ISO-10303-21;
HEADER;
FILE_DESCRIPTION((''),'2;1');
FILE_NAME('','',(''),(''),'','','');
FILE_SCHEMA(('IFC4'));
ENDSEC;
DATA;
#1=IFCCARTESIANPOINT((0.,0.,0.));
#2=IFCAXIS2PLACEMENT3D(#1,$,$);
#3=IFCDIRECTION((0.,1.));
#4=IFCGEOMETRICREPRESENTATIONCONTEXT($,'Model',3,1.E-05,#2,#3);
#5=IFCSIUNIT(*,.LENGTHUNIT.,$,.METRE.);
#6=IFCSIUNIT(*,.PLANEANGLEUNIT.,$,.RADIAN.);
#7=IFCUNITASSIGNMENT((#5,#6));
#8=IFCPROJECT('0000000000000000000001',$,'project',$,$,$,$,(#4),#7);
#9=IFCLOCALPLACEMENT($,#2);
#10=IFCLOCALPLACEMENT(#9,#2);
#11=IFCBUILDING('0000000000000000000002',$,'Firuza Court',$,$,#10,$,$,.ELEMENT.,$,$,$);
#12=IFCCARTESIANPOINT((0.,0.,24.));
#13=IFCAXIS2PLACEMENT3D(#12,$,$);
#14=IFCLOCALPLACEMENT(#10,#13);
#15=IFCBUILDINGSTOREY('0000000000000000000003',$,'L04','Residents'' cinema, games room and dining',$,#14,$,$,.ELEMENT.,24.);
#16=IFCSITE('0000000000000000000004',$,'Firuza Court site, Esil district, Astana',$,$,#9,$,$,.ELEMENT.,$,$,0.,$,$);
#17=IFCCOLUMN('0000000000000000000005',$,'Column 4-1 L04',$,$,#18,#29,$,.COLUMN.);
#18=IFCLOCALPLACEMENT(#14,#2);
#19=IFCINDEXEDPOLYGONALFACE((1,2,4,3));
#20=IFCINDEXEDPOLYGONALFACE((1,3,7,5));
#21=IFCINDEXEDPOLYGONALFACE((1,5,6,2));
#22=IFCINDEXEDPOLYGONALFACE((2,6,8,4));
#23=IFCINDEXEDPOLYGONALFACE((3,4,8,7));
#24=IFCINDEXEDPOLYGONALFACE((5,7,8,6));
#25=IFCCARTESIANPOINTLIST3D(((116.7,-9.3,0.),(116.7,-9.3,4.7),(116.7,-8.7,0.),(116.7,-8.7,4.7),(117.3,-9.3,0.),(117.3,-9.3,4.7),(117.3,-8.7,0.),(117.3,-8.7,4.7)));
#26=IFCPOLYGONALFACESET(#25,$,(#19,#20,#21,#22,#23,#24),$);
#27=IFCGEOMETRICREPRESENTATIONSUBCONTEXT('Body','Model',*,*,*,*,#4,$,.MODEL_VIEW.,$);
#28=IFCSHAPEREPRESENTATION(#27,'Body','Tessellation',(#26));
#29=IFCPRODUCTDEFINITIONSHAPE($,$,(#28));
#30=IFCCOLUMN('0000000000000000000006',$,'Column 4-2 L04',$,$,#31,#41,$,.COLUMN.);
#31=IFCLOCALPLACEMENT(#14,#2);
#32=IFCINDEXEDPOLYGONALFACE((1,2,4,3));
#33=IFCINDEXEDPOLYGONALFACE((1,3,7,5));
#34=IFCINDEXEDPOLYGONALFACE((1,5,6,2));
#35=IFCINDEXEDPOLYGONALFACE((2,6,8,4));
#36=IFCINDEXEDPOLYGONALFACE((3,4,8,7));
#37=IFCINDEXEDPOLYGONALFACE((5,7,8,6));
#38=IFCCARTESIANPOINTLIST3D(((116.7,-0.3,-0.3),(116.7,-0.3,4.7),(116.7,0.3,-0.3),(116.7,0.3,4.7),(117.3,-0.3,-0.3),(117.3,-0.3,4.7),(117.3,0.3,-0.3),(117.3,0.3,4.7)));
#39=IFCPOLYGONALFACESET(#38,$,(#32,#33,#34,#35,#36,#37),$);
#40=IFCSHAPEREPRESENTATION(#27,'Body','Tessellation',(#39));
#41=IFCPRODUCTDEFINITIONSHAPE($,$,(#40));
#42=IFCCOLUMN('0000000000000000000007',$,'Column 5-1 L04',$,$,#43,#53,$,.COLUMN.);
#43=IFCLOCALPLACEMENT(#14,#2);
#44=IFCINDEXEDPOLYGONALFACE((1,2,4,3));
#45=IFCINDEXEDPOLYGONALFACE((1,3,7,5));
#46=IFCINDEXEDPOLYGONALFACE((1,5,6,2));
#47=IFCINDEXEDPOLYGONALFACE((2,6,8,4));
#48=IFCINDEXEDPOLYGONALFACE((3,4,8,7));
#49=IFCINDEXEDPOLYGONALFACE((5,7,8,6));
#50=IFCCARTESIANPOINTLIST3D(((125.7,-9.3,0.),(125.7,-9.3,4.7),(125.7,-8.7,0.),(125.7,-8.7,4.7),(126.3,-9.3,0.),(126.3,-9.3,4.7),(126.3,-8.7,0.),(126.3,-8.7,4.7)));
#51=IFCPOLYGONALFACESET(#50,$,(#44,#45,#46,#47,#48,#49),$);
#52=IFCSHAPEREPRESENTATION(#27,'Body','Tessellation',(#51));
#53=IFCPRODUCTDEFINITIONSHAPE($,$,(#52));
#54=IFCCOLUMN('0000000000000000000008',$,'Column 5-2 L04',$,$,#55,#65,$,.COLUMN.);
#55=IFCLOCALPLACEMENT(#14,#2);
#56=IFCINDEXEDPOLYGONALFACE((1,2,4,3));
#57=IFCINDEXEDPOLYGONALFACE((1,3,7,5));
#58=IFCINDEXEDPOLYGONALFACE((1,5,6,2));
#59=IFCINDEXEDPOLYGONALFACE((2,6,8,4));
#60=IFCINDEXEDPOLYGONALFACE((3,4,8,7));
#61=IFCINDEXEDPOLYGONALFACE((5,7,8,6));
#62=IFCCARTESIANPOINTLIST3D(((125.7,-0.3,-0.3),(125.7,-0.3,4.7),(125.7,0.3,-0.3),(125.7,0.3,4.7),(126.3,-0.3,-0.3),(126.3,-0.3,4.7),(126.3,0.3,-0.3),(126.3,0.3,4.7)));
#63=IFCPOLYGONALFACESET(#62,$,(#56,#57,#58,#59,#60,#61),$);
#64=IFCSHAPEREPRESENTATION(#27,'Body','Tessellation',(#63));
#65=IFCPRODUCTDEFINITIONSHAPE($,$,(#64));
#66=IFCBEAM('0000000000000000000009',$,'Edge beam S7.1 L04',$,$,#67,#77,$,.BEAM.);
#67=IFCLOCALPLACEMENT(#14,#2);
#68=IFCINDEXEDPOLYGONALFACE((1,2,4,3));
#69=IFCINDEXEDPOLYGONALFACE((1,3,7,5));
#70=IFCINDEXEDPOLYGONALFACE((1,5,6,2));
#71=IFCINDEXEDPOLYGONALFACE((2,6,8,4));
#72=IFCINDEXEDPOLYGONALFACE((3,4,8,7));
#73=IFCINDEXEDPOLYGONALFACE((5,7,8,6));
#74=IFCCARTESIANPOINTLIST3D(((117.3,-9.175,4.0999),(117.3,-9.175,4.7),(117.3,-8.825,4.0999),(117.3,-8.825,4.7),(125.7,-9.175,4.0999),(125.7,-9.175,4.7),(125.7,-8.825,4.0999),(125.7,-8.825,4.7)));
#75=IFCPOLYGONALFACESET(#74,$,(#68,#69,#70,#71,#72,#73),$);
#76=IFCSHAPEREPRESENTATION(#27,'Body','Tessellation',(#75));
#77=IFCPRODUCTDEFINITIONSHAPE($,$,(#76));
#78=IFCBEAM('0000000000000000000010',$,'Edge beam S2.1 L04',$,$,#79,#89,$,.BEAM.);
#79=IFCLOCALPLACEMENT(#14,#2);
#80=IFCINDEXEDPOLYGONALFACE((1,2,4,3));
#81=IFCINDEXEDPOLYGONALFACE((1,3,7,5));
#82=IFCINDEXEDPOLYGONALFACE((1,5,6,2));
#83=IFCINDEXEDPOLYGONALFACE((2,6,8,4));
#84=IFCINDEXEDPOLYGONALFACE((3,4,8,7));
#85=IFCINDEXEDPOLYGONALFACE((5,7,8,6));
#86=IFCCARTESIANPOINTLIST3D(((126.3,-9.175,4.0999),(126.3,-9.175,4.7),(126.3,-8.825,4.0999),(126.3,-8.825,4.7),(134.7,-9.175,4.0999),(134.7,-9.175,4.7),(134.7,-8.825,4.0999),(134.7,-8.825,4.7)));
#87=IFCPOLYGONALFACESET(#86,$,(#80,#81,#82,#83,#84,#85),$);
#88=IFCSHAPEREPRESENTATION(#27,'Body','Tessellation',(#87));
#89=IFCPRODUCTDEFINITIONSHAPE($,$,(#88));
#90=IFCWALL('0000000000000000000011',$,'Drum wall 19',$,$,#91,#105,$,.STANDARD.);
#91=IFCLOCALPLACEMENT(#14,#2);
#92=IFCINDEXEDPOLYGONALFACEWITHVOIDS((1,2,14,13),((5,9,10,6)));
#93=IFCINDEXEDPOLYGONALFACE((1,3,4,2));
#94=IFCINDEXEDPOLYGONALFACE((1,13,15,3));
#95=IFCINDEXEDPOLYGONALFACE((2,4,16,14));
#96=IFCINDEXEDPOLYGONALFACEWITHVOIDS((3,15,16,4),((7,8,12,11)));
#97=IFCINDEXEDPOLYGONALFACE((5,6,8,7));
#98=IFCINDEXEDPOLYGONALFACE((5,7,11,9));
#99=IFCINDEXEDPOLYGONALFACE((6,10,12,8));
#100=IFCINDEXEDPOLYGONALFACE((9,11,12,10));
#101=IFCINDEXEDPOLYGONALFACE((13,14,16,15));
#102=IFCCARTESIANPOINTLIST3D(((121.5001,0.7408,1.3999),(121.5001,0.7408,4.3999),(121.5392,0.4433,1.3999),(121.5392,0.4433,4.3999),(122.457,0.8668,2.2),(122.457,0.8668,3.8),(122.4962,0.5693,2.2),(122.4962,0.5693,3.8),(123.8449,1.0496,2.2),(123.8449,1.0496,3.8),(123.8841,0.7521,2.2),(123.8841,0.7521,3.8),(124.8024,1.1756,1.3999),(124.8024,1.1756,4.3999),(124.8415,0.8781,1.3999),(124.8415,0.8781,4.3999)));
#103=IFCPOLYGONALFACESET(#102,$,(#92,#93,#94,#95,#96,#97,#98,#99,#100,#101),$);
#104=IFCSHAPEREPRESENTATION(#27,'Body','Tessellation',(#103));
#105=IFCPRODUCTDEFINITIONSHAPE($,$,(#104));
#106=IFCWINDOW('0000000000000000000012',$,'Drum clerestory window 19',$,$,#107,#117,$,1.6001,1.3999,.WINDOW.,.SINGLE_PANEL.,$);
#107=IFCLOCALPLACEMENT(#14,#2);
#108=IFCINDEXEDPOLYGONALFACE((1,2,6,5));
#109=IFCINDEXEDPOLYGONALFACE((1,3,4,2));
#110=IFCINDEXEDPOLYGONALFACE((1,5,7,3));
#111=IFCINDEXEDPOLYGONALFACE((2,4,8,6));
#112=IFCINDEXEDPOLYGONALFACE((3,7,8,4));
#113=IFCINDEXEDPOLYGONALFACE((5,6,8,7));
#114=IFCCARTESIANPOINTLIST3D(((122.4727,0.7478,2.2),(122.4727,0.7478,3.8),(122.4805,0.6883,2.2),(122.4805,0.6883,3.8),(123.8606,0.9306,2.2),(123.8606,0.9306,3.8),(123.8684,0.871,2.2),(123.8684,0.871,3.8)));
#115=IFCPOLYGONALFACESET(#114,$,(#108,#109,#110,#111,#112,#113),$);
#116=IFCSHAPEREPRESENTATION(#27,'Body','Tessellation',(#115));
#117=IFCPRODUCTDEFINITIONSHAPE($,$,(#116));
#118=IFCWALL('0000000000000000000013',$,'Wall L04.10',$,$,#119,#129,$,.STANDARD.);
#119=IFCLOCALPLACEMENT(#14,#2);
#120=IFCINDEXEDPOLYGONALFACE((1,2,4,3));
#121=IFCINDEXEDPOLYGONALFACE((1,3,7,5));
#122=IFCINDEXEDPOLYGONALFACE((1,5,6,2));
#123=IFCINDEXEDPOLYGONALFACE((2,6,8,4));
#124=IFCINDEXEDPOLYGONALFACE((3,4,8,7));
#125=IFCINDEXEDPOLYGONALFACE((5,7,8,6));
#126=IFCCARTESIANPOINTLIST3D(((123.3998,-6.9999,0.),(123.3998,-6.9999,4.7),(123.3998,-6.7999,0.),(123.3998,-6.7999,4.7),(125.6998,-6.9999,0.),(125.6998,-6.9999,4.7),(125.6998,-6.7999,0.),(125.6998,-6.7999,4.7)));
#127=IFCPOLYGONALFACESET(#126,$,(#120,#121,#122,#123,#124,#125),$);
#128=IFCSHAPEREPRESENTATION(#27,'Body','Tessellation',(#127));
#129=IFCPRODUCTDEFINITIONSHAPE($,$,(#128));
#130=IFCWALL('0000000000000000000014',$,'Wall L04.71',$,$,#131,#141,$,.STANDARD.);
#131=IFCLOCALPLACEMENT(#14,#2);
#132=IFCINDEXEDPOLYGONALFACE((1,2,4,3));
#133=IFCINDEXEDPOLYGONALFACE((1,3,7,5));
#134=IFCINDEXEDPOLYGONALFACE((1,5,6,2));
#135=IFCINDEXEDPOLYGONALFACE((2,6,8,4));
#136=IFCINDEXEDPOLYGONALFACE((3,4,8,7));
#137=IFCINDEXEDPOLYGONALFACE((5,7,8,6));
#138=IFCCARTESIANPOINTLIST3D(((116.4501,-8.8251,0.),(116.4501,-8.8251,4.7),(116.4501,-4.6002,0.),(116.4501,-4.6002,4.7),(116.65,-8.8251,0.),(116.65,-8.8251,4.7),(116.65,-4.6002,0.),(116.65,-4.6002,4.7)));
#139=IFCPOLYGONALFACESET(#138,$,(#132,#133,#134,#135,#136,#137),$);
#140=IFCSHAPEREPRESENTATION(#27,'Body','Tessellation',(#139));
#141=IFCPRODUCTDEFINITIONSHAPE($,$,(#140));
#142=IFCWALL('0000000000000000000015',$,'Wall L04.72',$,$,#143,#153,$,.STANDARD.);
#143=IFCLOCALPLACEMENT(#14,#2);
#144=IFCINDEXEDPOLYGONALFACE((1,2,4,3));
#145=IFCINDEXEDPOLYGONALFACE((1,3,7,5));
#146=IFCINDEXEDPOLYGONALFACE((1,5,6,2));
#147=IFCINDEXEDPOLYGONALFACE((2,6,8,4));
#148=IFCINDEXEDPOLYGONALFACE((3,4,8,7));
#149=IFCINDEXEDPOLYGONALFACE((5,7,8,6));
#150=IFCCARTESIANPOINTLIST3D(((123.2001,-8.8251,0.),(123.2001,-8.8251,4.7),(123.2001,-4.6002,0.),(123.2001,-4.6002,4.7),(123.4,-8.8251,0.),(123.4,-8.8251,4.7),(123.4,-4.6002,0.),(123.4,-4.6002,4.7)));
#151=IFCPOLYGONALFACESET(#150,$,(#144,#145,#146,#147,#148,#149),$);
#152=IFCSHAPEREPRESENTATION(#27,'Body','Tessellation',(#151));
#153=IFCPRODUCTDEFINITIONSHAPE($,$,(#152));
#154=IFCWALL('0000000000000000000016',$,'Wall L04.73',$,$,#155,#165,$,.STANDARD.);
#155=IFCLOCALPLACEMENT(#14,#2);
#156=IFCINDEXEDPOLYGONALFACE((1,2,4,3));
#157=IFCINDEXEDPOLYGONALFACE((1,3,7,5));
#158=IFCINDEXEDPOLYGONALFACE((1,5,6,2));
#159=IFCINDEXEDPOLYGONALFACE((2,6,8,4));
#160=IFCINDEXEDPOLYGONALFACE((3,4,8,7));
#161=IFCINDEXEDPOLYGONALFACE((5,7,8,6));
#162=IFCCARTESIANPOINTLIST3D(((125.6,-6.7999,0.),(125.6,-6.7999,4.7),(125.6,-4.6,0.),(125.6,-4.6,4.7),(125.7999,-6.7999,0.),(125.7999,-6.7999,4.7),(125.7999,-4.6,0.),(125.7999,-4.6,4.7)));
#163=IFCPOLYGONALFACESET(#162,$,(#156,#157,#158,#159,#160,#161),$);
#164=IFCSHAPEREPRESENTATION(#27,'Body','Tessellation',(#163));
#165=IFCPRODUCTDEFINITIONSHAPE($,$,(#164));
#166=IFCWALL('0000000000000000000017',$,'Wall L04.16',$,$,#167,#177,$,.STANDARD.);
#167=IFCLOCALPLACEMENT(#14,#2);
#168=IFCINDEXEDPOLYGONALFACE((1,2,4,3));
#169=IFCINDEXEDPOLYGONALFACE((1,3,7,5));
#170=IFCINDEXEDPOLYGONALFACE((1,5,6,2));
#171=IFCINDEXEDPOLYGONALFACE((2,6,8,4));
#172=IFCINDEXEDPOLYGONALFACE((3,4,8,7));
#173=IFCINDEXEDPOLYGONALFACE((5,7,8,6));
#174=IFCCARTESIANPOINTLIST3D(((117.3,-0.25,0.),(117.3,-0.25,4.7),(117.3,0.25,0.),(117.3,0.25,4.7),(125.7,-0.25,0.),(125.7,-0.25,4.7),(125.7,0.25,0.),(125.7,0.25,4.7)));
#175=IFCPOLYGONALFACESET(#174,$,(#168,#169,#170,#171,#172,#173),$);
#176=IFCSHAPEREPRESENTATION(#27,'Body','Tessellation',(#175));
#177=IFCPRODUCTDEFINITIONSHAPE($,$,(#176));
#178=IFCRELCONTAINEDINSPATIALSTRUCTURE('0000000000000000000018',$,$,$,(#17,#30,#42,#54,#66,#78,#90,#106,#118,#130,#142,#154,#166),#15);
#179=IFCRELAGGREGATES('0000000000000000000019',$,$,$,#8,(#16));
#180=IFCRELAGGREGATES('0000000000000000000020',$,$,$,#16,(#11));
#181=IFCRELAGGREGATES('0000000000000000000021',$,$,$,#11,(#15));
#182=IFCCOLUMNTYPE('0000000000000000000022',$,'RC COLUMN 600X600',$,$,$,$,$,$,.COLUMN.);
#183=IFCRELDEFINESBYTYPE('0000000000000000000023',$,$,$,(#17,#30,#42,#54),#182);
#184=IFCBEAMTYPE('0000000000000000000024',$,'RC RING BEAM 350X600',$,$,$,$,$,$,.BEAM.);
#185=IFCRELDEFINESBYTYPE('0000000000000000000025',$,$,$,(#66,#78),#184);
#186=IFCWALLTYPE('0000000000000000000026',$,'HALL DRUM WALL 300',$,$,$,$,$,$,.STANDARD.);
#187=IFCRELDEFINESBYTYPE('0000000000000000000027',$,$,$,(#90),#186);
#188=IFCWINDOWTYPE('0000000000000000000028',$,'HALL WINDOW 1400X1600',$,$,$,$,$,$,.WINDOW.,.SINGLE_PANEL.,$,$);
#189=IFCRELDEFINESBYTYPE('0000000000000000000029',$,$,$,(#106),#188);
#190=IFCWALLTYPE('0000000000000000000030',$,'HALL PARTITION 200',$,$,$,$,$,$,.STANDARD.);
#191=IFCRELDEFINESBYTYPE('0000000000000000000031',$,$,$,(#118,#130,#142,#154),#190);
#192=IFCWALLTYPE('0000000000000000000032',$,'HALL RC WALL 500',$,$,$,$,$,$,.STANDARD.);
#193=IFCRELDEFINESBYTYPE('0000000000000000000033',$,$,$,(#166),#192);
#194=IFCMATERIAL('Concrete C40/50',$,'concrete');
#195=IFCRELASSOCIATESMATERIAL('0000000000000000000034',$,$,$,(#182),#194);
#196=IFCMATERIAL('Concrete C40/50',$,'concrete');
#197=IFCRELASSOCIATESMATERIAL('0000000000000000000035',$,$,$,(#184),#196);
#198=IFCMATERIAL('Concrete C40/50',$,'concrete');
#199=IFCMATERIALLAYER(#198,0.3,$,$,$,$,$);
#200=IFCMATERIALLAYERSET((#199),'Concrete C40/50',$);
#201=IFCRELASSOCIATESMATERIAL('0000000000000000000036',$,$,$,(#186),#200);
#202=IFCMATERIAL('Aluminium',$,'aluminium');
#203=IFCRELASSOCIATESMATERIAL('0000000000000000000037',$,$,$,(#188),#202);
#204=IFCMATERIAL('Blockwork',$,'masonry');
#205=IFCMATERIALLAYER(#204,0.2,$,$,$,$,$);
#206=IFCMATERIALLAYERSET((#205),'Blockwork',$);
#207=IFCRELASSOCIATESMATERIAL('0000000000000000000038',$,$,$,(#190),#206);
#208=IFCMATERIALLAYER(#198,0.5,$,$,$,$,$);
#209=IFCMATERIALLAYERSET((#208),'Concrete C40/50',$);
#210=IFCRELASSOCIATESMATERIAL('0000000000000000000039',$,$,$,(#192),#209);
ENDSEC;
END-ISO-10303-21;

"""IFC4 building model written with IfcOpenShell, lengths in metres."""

from ifc_helpers import new_model, si_unit, direction, frame, frame_2d, origin, origin_2d, place, context, subcontext, project, spatial, rectangle, extrude, material, layer, layer_set, material_profile, profile_set, type_object, element, fill, save


model = new_model("IFC4")

# Units and contexts
model_context = context("Model", 3, precision=1e-05, world=origin(), true_north=direction((0.0, 1.0)))
body_context = subcontext(model_context, "Body", "Model", "MODEL_VIEW")
ifc_project = project(units=[si_unit("LENGTHUNIT", "METRE"), si_unit("PLANEANGLEUNIT", "RADIAN")], contexts=[model_context])

# Site, building, storey
site_placement = place(None, origin())
site = spatial("IfcSite", under=ifc_project, at=site_placement, Name="Firuza Court site, Esil district, Astana", CompositionType="ELEMENT", RefElevation=0.0)
building_placement = place(site_placement, origin())
building = spatial("IfcBuilding", under=site, at=building_placement, Name="Firuza Court", CompositionType="ELEMENT")
storey_placement = place(building_placement, frame((0.0, 0.0, 24.0)))
storey = spatial("IfcBuildingStorey", under=building, at=storey_placement, Name="L04", Description="Residents' cinema, games room and dining", CompositionType="ELEMENT", Elevation=24.0)

# Columns
ifc_material_1 = material(Name="Concrete C40/50", Category="concrete")
ifc_material_profile_1 = material_profile(ifc_material_1, rectangle(XDim=0.6001, YDim=0.6001, at=origin_2d()), Name="RC 600X600")
ifc_profile_set_1 = profile_set([ifc_material_profile_1], Name="Concrete C40/50")
column_type = type_object("IfcColumnType", Name="RC COLUMN 600X600", PredefinedType="COLUMN", material=ifc_profile_set_1)
column_1_placement = place(storey_placement, frame((117.0, -9.0, 0.0), z_axis=(0.0, 0.0, 1.0), x_axis=(1.0, 0.0, 0.0)))
element("IfcColumn", 1, at=column_1_placement, inside=storey, type_object=column_type, Name="Column 4-1 L04", PredefinedType="COLUMN", context=body_context, shape_type="SweptSolid", body=[
    extrude(rectangle(XDim=0.6001, YDim=0.6001, at=origin_2d()), origin(), (0.0, 0.0, 1.0), 4.7),
])
column_2_placement = place(storey_placement, frame((117.0, 0.0, -0.3), z_axis=(0.0, 0.0, 1.0), x_axis=(1.0, 0.0, 0.0)))
element("IfcColumn", 2, at=column_2_placement, inside=storey, type_object=column_type, Name="Column 4-2 L04", PredefinedType="COLUMN", context=body_context, shape_type="SweptSolid", body=[
    extrude(rectangle(XDim=0.6001, YDim=0.6001, at=origin_2d()), origin(), (0.0, 0.0, 1.0), 5.0),
])
column_3_placement = place(storey_placement, frame((126.0, -9.0, 0.0), z_axis=(0.0, 0.0, 1.0), x_axis=(1.0, 0.0, 0.0)))
element("IfcColumn", 3, at=column_3_placement, inside=storey, type_object=column_type, Name="Column 5-1 L04", PredefinedType="COLUMN", context=body_context, shape_type="SweptSolid", body=[
    extrude(rectangle(XDim=0.6001, YDim=0.6001, at=origin_2d()), origin(), (0.0, 0.0, 1.0), 4.7),
])
column_4_placement = place(storey_placement, frame((126.0, 0.0, -0.3), z_axis=(0.0, 0.0, 1.0), x_axis=(1.0, 0.0, 0.0)))
element("IfcColumn", 4, at=column_4_placement, inside=storey, type_object=column_type, Name="Column 5-2 L04", PredefinedType="COLUMN", context=body_context, shape_type="SweptSolid", body=[
    extrude(rectangle(XDim=0.6001, YDim=0.6001, at=origin_2d()), origin(), (0.0, 0.0, 1.0), 5.0),
])

# Beams
ifc_material_2 = material(Name="Concrete C40/50", Category="concrete")
ifc_material_profile_2 = material_profile(ifc_material_2, rectangle(XDim=0.3501, YDim=0.6001, at=origin_2d()), Name="RC 350X600")
ifc_profile_set_2 = profile_set([ifc_material_profile_2], Name="Concrete C40/50")
beam_type = type_object("IfcBeamType", Name="RC RING BEAM 350X600", PredefinedType="BEAM", material=ifc_profile_set_2)
for number, where, z_axis, x_axis, name in (
    (5, (117.3, -9.0, 4.3999), (1.0, 0.0, 0.0), (0.0, 1.0, 0.0), "Edge beam S7.1 L04"),
    (6, (126.3, -9.0, 4.3999), (1.0, 0.0, 0.0), (0.0, 1.0, 0.0), "Edge beam S2.1 L04"),
):
    element("IfcBeam", number, at=place(storey_placement, frame(where, z_axis=z_axis, x_axis=x_axis)), inside=storey, type_object=beam_type, Name=name, PredefinedType="BEAM", context=body_context, shape_type="SweptSolid", body=[
        extrude(rectangle(XDim=0.3501, YDim=0.6001, at=origin_2d()), origin(), (0.0, 0.0, 1.0), 8.3999),
    ])

# Wall, opening, window
ifc_material_3 = material(Name="Concrete C40/50", Category="concrete")
ifc_layer_1 = layer(ifc_material_3, 0.3)
ifc_layer_set_1 = layer_set([ifc_layer_1], Name="Concrete C40/50")
wall_type_1 = type_object("IfcWallType", Name="HALL DRUM WALL 300", PredefinedType="STANDARD", material=ifc_layer_set_1)
wall_1_placement = place(storey_placement, frame((121.5195, 0.592, 1.3999), z_axis=(0.0, 0.0, 1.0), x_axis=(0.991442, 0.130546, 0.0)))
wall_1 = element("IfcWall", 7, at=wall_1_placement, inside=storey, type_object=wall_type_1, Name="Drum wall 19", PredefinedType="STANDARD", context=body_context, shape_type="SweptSolid", body=[
    extrude(rectangle(XDim=3.3308, YDim=0.3, at=frame_2d((1.6655, 0.0))), origin(), (0.0, 0.0, 1.0), 3.0),
])
opening_1_placement = place(wall_1_placement, frame((0.9653, 0.0, 0.8)))
opening_1 = element("IfcOpeningElement", 8, at=opening_1_placement, cuts=wall_1, PredefinedType="OPENING", context=body_context, shape_type="SweptSolid", body=[
    extrude(rectangle(XDim=1.3999, YDim=1.6001, at=frame_2d((0.7, 0.8))), frame((0.0, 0.1621, 0.0), z_axis=(0.0, -1.0, 0.0), x_axis=(1.0, 0.0, 0.0)), (0.0, 0.0, 1.0), 0.324),
])
ifc_material_4 = material(Name="Aluminium", Category="aluminium")
window_type_1 = type_object("IfcWindowType", Name="HALL WINDOW 1400X1600", PartitioningType="SINGLE_PANEL", PredefinedType="WINDOW", material=ifc_material_4)
window_1_placement = place(opening_1_placement, origin())
window_1 = element("IfcWindow", 9, at=window_1_placement, inside=storey, type_object=window_type_1, Name="Drum clerestory window 19", OverallHeight=1.6001, OverallWidth=1.3999, PartitioningType="SINGLE_PANEL", PredefinedType="WINDOW", context=body_context, shape_type="SweptSolid", body=[
    extrude(rectangle(XDim=1.3999, YDim=1.6001, at=frame_2d((0.7, 0.8))), frame((0.0, 0.03, 0.0), z_axis=(0.0, -1.0, 0.0), x_axis=(1.0, 0.0, 0.0)), (0.0, 0.0, 1.0), 0.0601),
])
fill(opening_1, window_1)

# Walls
ifc_material_5 = material(Name="Blockwork", Category="masonry")
ifc_layer_2 = layer(ifc_material_5, 0.2)
ifc_layer_set_2 = layer_set([ifc_layer_2], Name="Blockwork")
wall_type_2 = type_object("IfcWallType", Name="HALL PARTITION 200", PredefinedType="STANDARD", material=ifc_layer_set_2)
wall_2_placement = place(storey_placement, frame((123.3999, -6.8999, 0.0), z_axis=(0.0, 0.0, 1.0), x_axis=(1.0, 0.0, 0.0)))
element("IfcWall", 10, at=wall_2_placement, inside=storey, type_object=wall_type_2, Name="Wall L04.10", PredefinedType="STANDARD", context=body_context, shape_type="SweptSolid", body=[
    extrude(rectangle(XDim=2.3, YDim=0.2, at=frame_2d((1.1499, 0.0))), origin(), (0.0, 0.0, 1.0), 4.7),
])
for number, where, z_axis, x_axis, name in (
    (11, (116.55, -8.825, 0.0), (0.0, 0.0, 1.0), (0.0, 1.0, 0.0), "Wall L04.71"),
    (12, (123.3, -8.825, 0.0), (0.0, 0.0, 1.0), (0.0, 1.0, 0.0), "Wall L04.72"),
):
    element("IfcWall", number, at=place(storey_placement, frame(where, z_axis=z_axis, x_axis=x_axis)), inside=storey, type_object=wall_type_2, Name=name, PredefinedType="STANDARD", context=body_context, shape_type="SweptSolid", body=[
        extrude(rectangle(XDim=4.2249, YDim=0.2, at=frame_2d((2.1123, 0.0))), origin(), (0.0, 0.0, 1.0), 4.7),
    ])
wall_3_placement = place(storey_placement, frame((125.7, -6.8, 0.0), z_axis=(0.0, 0.0, 1.0), x_axis=(0.0, 1.0, 0.0)))
element("IfcWall", 13, at=wall_3_placement, inside=storey, type_object=wall_type_2, Name="Wall L04.73", PredefinedType="STANDARD", context=body_context, shape_type="SweptSolid", body=[
    extrude(rectangle(XDim=2.2, YDim=0.2, at=frame_2d((1.1001, 0.0))), origin(), (0.0, 0.0, 1.0), 4.7),
])
ifc_layer_3 = layer(ifc_material_3, 0.5)
ifc_layer_set_3 = layer_set([ifc_layer_3], Name="Concrete C40/50")
wall_type_3 = type_object("IfcWallType", Name="HALL RC WALL 500", PredefinedType="STANDARD", material=ifc_layer_set_3)
wall_4_placement = place(storey_placement, frame((117.3, 0.0, 0.0), z_axis=(0.0, 0.0, 1.0), x_axis=(1.0, 0.0, 0.0)))
element("IfcWall", 14, at=wall_4_placement, inside=storey, type_object=wall_type_3, Name="Wall L04.16", PredefinedType="STANDARD", context=body_context, shape_type="SweptSolid", body=[
    extrude(rectangle(XDim=8.3999, YDim=0.5, at=frame_2d((4.2, 0.0))), origin(), (0.0, 0.0, 1.0), 4.7),
])

save(model, "model.ifc")
